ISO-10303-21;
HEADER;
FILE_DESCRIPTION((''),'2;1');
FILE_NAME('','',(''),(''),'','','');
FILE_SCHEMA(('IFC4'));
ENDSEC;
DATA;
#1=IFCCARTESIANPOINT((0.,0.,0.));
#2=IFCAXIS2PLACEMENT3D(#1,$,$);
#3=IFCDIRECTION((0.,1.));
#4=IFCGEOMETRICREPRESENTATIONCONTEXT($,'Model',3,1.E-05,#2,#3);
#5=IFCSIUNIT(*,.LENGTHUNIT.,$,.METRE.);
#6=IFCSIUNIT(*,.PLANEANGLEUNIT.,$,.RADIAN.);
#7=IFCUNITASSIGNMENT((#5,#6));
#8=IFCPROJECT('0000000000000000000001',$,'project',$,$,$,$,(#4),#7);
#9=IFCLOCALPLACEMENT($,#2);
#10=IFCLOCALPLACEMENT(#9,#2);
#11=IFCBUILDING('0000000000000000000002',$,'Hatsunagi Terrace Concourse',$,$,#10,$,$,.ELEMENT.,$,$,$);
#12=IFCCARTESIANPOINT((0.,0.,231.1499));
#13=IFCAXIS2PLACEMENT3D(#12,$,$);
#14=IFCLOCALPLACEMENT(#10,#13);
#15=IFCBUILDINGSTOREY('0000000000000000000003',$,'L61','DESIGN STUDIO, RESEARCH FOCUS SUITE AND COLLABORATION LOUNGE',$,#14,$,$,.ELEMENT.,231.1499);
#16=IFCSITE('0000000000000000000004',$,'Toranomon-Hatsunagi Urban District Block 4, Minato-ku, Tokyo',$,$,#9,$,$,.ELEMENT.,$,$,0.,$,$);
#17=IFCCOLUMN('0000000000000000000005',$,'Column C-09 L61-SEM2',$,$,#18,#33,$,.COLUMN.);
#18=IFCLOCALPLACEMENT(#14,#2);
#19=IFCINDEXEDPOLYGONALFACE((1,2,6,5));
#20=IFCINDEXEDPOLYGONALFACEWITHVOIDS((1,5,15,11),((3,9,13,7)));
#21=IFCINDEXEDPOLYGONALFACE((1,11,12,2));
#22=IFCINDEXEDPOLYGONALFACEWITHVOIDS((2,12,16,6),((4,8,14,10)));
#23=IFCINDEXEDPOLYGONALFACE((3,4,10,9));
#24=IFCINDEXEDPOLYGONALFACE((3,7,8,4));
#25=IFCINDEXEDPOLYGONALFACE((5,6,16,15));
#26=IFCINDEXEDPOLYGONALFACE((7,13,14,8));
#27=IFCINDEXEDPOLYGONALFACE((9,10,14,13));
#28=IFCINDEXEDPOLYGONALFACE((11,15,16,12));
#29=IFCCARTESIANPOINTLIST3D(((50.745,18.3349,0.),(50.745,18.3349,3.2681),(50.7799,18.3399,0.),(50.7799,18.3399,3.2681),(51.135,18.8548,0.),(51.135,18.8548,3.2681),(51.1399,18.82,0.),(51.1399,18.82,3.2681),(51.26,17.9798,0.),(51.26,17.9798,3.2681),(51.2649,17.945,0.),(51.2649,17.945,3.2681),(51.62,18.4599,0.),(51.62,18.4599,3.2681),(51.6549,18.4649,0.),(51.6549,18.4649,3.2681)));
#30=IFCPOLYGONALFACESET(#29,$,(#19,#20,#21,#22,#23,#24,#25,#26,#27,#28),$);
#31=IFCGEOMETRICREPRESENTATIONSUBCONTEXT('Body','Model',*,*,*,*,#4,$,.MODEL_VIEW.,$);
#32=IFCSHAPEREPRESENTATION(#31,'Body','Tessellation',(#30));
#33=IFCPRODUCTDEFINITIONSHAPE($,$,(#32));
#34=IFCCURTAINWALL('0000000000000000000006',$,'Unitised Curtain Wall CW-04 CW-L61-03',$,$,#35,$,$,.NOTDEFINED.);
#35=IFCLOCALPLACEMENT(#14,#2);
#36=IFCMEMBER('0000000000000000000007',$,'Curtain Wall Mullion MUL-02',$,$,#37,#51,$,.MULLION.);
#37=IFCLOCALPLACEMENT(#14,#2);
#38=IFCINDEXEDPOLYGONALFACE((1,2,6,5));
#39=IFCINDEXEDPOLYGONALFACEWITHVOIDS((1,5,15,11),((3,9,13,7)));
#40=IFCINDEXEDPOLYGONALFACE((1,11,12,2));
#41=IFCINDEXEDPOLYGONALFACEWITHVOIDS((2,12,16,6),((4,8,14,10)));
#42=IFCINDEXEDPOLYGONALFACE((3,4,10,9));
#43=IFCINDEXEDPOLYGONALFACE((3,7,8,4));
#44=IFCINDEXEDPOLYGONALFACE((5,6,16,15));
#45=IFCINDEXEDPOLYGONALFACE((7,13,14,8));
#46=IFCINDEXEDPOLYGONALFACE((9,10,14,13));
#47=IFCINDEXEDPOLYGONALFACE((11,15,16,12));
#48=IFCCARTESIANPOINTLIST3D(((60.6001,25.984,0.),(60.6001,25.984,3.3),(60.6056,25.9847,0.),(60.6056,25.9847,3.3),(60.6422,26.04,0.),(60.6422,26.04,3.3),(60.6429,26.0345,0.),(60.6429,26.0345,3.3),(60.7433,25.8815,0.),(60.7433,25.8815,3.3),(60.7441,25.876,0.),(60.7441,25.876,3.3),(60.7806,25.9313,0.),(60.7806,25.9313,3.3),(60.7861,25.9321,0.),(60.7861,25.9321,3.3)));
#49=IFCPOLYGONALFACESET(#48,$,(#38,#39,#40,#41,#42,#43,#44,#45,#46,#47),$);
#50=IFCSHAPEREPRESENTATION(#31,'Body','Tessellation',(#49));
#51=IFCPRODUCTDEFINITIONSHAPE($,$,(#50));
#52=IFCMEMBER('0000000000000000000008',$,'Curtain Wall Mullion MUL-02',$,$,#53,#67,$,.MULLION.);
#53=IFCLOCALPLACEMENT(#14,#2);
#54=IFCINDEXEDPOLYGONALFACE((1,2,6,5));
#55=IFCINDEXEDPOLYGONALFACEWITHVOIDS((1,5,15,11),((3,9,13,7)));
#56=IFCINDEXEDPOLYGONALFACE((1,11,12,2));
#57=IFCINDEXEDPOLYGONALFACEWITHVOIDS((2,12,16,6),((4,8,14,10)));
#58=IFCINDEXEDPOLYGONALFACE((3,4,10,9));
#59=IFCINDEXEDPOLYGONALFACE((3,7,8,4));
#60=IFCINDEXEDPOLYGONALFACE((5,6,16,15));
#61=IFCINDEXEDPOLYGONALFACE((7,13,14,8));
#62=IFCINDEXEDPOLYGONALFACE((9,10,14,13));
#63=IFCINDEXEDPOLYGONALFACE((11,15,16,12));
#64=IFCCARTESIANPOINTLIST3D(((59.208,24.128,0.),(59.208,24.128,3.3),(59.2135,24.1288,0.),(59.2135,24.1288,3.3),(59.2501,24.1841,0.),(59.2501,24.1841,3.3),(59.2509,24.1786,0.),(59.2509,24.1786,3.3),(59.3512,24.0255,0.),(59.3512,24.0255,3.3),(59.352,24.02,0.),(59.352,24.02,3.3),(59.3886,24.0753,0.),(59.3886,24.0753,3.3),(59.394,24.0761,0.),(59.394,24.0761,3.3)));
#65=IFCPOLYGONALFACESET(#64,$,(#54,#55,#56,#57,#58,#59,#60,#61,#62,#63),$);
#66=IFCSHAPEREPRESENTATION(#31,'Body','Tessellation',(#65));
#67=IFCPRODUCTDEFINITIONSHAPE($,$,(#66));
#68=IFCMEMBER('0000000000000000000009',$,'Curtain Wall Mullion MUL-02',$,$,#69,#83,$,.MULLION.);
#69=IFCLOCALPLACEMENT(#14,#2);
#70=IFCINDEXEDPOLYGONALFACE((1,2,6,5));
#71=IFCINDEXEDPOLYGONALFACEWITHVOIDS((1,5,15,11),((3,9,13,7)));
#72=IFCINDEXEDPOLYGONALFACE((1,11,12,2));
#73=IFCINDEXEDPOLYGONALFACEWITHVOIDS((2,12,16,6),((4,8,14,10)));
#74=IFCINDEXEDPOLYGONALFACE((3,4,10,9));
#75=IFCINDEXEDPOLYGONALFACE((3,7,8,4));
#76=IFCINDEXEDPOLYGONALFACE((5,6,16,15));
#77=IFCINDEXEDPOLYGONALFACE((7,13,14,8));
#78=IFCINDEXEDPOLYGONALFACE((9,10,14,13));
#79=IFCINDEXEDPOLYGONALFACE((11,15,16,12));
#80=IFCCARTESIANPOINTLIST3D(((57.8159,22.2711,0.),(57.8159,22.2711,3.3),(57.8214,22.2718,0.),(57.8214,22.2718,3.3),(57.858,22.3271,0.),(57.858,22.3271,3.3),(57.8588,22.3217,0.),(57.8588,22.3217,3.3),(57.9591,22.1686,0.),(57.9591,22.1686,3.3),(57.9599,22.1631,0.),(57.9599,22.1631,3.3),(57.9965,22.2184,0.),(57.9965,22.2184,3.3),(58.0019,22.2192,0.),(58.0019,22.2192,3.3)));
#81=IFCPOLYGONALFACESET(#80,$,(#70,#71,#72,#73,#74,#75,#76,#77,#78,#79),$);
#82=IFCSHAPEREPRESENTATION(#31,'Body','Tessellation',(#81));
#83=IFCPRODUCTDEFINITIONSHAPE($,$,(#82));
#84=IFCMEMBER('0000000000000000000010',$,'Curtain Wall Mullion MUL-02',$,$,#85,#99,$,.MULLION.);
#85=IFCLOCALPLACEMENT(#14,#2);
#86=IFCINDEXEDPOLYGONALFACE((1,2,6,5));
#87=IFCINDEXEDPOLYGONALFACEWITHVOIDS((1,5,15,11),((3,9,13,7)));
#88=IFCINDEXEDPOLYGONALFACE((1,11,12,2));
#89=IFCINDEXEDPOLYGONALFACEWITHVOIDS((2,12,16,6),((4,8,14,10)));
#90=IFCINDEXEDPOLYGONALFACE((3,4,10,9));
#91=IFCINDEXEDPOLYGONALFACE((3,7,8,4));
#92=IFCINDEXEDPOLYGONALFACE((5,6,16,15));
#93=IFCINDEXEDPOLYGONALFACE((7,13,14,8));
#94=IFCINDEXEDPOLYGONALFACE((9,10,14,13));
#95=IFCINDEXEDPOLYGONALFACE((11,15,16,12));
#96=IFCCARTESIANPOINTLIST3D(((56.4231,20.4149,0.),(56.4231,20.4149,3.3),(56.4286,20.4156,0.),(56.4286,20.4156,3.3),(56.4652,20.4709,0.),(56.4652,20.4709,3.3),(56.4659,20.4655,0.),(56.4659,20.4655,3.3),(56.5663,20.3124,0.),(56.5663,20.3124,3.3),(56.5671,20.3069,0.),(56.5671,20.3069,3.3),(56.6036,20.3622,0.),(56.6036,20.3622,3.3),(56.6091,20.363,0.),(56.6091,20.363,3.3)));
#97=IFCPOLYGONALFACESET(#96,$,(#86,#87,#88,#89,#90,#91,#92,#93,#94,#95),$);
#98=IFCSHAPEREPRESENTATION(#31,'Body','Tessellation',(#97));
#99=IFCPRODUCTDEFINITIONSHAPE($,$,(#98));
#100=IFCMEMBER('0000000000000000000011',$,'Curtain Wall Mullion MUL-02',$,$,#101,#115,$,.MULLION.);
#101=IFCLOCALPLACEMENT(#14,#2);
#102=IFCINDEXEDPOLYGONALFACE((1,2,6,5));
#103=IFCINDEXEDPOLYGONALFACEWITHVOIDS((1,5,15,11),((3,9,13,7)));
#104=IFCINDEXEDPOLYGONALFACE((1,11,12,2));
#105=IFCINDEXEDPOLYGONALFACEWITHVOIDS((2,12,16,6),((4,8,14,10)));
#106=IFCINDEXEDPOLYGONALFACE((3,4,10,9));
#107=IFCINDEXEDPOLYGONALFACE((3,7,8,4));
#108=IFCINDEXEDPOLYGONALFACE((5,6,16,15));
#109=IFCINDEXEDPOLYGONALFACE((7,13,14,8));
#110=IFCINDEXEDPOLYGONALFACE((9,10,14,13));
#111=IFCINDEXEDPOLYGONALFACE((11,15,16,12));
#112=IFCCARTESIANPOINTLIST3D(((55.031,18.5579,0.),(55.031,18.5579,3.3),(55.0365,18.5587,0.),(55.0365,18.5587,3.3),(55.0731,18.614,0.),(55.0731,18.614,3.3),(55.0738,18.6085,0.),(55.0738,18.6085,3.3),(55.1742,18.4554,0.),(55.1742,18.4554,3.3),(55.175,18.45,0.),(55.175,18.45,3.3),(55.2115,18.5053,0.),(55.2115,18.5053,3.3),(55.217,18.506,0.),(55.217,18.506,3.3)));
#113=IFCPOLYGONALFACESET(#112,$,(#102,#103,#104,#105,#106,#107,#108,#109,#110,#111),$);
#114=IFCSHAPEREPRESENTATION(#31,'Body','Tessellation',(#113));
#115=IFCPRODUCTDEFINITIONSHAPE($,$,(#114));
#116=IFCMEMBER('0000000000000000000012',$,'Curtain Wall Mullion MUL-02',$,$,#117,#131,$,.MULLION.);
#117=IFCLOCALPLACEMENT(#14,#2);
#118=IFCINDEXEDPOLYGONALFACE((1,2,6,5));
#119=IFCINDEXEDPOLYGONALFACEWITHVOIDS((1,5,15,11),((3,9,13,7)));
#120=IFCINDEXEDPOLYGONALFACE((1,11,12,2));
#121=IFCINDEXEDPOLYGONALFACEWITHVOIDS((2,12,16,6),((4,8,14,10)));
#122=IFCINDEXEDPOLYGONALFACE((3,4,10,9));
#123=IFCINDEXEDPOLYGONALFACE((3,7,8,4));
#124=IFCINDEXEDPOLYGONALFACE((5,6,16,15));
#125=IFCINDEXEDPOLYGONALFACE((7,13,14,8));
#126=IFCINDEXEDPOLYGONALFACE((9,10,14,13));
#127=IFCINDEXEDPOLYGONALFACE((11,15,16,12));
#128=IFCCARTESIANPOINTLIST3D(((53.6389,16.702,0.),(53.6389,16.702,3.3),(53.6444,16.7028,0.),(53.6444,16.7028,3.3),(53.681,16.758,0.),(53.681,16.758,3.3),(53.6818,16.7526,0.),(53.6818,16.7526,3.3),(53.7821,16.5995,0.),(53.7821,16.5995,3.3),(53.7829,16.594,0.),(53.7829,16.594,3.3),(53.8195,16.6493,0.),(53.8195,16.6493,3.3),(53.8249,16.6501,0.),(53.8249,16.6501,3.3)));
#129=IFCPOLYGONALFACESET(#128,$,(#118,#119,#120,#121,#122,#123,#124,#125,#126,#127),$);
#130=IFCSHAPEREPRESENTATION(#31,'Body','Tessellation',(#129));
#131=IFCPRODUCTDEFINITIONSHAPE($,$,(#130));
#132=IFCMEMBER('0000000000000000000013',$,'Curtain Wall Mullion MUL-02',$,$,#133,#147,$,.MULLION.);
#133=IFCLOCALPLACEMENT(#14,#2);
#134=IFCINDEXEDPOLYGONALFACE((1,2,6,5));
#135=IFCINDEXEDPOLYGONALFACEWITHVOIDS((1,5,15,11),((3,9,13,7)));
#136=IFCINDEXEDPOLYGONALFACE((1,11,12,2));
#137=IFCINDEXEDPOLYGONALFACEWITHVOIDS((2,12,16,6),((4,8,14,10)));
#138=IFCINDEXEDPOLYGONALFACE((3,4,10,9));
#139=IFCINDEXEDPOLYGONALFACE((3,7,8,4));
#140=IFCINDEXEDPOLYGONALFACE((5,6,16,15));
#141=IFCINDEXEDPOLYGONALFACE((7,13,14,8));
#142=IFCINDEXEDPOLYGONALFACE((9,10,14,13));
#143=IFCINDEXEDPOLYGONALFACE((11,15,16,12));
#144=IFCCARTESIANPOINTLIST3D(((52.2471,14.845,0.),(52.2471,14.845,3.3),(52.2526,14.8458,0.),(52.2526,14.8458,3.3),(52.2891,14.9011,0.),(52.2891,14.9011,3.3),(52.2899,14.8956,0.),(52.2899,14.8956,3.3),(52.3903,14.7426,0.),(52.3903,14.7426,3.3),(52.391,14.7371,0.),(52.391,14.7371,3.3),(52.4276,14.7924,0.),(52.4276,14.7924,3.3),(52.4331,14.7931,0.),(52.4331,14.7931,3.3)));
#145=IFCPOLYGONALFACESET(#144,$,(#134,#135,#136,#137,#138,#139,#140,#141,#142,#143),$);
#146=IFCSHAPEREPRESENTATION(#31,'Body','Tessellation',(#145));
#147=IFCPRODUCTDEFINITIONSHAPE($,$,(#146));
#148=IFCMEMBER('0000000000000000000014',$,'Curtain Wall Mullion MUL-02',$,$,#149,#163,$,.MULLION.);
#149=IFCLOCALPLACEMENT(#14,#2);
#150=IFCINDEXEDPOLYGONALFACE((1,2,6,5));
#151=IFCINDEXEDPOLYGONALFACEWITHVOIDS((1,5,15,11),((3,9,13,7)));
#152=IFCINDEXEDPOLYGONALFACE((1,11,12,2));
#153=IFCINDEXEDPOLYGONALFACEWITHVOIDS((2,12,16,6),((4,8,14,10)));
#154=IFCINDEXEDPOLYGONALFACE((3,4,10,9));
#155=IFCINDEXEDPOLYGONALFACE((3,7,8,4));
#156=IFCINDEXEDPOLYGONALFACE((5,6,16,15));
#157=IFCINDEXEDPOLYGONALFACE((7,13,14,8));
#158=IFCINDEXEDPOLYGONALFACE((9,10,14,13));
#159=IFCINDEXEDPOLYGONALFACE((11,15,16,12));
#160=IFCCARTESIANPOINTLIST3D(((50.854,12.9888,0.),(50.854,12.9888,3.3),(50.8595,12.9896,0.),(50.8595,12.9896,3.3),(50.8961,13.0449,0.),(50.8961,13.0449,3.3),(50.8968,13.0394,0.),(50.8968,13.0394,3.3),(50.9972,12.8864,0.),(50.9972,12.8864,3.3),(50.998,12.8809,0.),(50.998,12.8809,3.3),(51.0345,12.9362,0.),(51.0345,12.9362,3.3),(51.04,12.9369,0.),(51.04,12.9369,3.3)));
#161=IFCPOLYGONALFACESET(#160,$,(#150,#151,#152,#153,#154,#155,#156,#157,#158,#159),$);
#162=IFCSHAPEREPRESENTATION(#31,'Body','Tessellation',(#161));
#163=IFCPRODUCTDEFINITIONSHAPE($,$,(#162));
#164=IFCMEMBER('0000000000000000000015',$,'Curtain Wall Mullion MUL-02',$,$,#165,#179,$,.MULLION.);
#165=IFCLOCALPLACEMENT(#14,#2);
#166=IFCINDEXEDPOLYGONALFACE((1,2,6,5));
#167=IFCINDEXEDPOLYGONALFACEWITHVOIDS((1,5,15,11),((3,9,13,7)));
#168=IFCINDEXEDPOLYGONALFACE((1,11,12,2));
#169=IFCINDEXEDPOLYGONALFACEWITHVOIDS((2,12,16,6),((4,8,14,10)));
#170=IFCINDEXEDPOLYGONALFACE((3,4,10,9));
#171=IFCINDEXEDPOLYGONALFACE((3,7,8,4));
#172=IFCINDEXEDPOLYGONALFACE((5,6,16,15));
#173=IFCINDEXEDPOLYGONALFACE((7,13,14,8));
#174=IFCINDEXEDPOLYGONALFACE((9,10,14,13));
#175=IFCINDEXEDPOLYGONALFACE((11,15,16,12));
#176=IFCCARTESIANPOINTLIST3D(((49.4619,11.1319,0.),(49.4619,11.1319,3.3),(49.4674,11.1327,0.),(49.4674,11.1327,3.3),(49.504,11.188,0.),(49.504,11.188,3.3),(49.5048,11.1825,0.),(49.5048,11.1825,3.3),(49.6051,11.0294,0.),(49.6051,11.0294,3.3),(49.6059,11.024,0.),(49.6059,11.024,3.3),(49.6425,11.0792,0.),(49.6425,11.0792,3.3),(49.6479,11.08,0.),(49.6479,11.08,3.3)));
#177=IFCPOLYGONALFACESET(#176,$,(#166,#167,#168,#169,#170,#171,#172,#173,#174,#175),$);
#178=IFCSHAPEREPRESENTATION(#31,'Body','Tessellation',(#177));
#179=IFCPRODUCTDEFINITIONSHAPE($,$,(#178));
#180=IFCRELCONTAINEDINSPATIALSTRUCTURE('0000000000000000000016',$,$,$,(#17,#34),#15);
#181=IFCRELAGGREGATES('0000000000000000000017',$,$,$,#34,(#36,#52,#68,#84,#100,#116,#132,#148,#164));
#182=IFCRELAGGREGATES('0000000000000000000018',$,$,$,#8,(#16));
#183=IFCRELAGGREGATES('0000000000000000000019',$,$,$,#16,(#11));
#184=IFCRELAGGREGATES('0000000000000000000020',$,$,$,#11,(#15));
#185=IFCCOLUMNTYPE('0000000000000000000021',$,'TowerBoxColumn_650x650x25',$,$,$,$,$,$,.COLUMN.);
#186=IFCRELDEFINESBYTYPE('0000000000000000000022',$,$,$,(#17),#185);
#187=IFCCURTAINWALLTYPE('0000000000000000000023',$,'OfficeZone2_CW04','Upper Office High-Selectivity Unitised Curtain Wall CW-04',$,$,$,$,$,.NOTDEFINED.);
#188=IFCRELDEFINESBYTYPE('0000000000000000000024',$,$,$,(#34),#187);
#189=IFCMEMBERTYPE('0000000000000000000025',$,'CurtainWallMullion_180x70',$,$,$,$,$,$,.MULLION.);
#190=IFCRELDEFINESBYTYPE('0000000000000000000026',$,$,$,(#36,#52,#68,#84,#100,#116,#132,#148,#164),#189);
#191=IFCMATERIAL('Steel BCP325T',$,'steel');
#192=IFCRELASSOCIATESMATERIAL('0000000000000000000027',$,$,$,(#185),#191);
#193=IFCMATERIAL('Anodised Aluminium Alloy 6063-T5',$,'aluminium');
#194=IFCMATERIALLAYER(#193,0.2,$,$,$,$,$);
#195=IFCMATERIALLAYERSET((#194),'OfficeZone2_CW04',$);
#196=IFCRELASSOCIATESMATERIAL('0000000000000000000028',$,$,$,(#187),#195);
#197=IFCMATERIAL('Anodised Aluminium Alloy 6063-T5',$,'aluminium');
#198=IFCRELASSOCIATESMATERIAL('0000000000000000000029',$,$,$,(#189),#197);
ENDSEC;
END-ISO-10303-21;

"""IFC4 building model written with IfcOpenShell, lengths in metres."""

from ifc_helpers import new_model, si_unit, direction, frame, origin, origin_2d, place, context, subcontext, project, spatial, hollow_rectangle, extrude, material, layer, layer_set, material_profile, profile_set, type_object, element, aggregate, save


model = new_model("IFC4")

# Units and contexts
model_context = context("Model", 3, precision=1e-05, world=origin(), true_north=direction((0.0, 1.0)))
body_context = subcontext(model_context, "Body", "Model", "MODEL_VIEW")
ifc_project = project(units=[si_unit("LENGTHUNIT", "METRE"), si_unit("PLANEANGLEUNIT", "RADIAN")], contexts=[model_context])

# Site, building, storey
site_placement = place(None, origin())
site = spatial("IfcSite", under=ifc_project, at=site_placement, Name="Toranomon-Hatsunagi Urban District Block 4, Minato-ku, Tokyo", CompositionType="ELEMENT", RefElevation=0.0)
building_placement = place(site_placement, origin())
building = spatial("IfcBuilding", under=site, at=building_placement, Name="Hatsunagi Terrace Concourse", CompositionType="ELEMENT")
storey_placement = place(building_placement, frame((0.0, 0.0, 231.1499)))
storey = spatial("IfcBuildingStorey", under=building, at=storey_placement, Name="L61", Description="DESIGN STUDIO, RESEARCH FOCUS SUITE AND COLLABORATION LOUNGE", CompositionType="ELEMENT", Elevation=231.1499)

# Column
ifc_material_1 = material(Name="Steel BCP325T", Category="steel")
ifc_material_profile_1 = material_profile(ifc_material_1, hollow_rectangle(XDim=0.6499, YDim=0.6499, WallThickness=0.0249, at=origin_2d()), Name="BCP-650x650x25")
ifc_profile_set_1 = profile_set([ifc_material_profile_1], Name="Steel BCP325T")
column_type = type_object("IfcColumnType", Name="TowerBoxColumn_650x650x25", PredefinedType="COLUMN", material=ifc_profile_set_1)
column_placement = place(storey_placement, frame((51.2, 18.3999, 0.0), z_axis=(0.0, 0.0, 1.0), x_axis=(0.8, -0.6, 0.0)))
element("IfcColumn", 1, at=column_placement, inside=storey, type_object=column_type, Name="Column C-09 L61-SEM2", PredefinedType="COLUMN", context=body_context, shape_type="SweptSolid", body=[
    extrude(hollow_rectangle(XDim=0.6499, YDim=0.6499, WallThickness=0.0249, at=origin_2d()), origin(), (0.0, 0.0, 1.0), 3.2681),
])

# Curtain wall, members
ifc_material_2 = material(Name="Anodised Aluminium Alloy 6063-T5", Category="aluminium")
ifc_layer_1 = layer(ifc_material_2, 0.2)
ifc_layer_set_1 = layer_set([ifc_layer_1], Name="OfficeZone2_CW04")
curtain_wall_type = type_object("IfcCurtainWallType", Name="OfficeZone2_CW04", Description="Upper Office High-Selectivity Unitised Curtain Wall CW-04", PredefinedType="NOTDEFINED", material=ifc_layer_set_1)
curtain_wall_placement = place(storey_placement, origin())
curtain_wall = element("IfcCurtainWall", 2, at=curtain_wall_placement, inside=storey, type_object=curtain_wall_type, Name="Unitised Curtain Wall CW-04 CW-L61-03", PredefinedType="NOTDEFINED")
ifc_material_3 = material(Name="Anodised Aluminium Alloy 6063-T5", Category="aluminium")
ifc_material_profile_2 = material_profile(ifc_material_3, hollow_rectangle(XDim=0.0701, YDim=0.1799, WallThickness=0.0039, at=origin_2d()), Name="ALU-MUL-180x70x4")
ifc_profile_set_2 = profile_set([ifc_material_profile_2], Name="Anodised Aluminium Alloy 6063-T5")
member_type_1 = type_object("IfcMemberType", Name="CurtainWallMullion_180x70", PredefinedType="MULLION", material=ifc_profile_set_2)
member_1_placement = place(storey_placement, frame((60.6931, 25.958, 0.0), z_axis=(0.0, 0.0, 1.0), x_axis=(-0.599969, -0.800023, 0.0)))
member_1 = element("IfcMember", 3, at=member_1_placement, type_object=member_type_1, Name="Curtain Wall Mullion MUL-02", PredefinedType="MULLION", context=body_context, shape_type="SweptSolid", body=[
    extrude(hollow_rectangle(XDim=0.0701, YDim=0.1799, WallThickness=0.0039, at=origin_2d()), origin(), (0.0, 0.0, 1.0), 3.3),
])
member_2_placement = place(storey_placement, frame((59.301, 24.1021, 0.0), z_axis=(0.0, 0.0, 1.0), x_axis=(-0.599969, -0.800023, 0.0)))
member_2 = element("IfcMember", 4, at=member_2_placement, type_object=member_type_1, Name="Curtain Wall Mullion MUL-02", PredefinedType="MULLION", context=body_context, shape_type="SweptSolid", body=[
    extrude(hollow_rectangle(XDim=0.0701, YDim=0.1799, WallThickness=0.0039, at=origin_2d()), origin(), (0.0, 0.0, 1.0), 3.3),
])
member_3_placement = place(storey_placement, frame((57.9089, 22.2451, 0.0), z_axis=(0.0, 0.0, 1.0), x_axis=(-0.599969, -0.800023, 0.0)))
member_3 = element("IfcMember", 5, at=member_3_placement, type_object=member_type_1, Name="Curtain Wall Mullion MUL-02", PredefinedType="MULLION", context=body_context, shape_type="SweptSolid", body=[
    extrude(hollow_rectangle(XDim=0.0701, YDim=0.1799, WallThickness=0.0039, at=origin_2d()), origin(), (0.0, 0.0, 1.0), 3.3),
])
member_4_placement = place(storey_placement, frame((56.5161, 20.3889, 0.0), z_axis=(0.0, 0.0, 1.0), x_axis=(-0.599969, -0.800023, 0.0)))
member_4 = element("IfcMember", 6, at=member_4_placement, type_object=member_type_1, Name="Curtain Wall Mullion MUL-02", PredefinedType="MULLION", context=body_context, shape_type="SweptSolid", body=[
    extrude(hollow_rectangle(XDim=0.0701, YDim=0.1799, WallThickness=0.0039, at=origin_2d()), origin(), (0.0, 0.0, 1.0), 3.3),
])
member_5_placement = place(storey_placement, frame((55.124, 18.532, 0.0), z_axis=(0.0, 0.0, 1.0), x_axis=(-0.599969, -0.800023, 0.0)))
member_5 = element("IfcMember", 7, at=member_5_placement, type_object=member_type_1, Name="Curtain Wall Mullion MUL-02", PredefinedType="MULLION", context=body_context, shape_type="SweptSolid", body=[
    extrude(hollow_rectangle(XDim=0.0701, YDim=0.1799, WallThickness=0.0039, at=origin_2d()), origin(), (0.0, 0.0, 1.0), 3.3),
])
member_6_placement = place(storey_placement, frame((53.7319, 16.676, 0.0), z_axis=(0.0, 0.0, 1.0), x_axis=(-0.599969, -0.800023, 0.0)))
member_6 = element("IfcMember", 8, at=member_6_placement, type_object=member_type_1, Name="Curtain Wall Mullion MUL-02", PredefinedType="MULLION", context=body_context, shape_type="SweptSolid", body=[
    extrude(hollow_rectangle(XDim=0.0701, YDim=0.1799, WallThickness=0.0039, at=origin_2d()), origin(), (0.0, 0.0, 1.0), 3.3),
])
member_7_placement = place(storey_placement, frame((52.3401, 14.8191, 0.0), z_axis=(0.0, 0.0, 1.0), x_axis=(-0.599969, -0.800023, 0.0)))
member_7 = element("IfcMember", 9, at=member_7_placement, type_object=member_type_1, Name="Curtain Wall Mullion MUL-02", PredefinedType="MULLION", context=body_context, shape_type="SweptSolid", body=[
    extrude(hollow_rectangle(XDim=0.0701, YDim=0.1799, WallThickness=0.0039, at=origin_2d()), origin(), (0.0, 0.0, 1.0), 3.3),
])
member_8_placement = place(storey_placement, frame((50.947, 12.9629, 0.0), z_axis=(0.0, 0.0, 1.0), x_axis=(-0.599969, -0.800023, 0.0)))
member_8 = element("IfcMember", 10, at=member_8_placement, type_object=member_type_1, Name="Curtain Wall Mullion MUL-02", PredefinedType="MULLION", context=body_context, shape_type="SweptSolid", body=[
    extrude(hollow_rectangle(XDim=0.0701, YDim=0.1799, WallThickness=0.0039, at=origin_2d()), origin(), (0.0, 0.0, 1.0), 3.3),
])
member_9_placement = place(storey_placement, frame((49.5549, 11.106, 0.0), z_axis=(0.0, 0.0, 1.0), x_axis=(-0.599969, -0.800023, 0.0)))
member_9 = element("IfcMember", 11, at=member_9_placement, type_object=member_type_1, Name="Curtain Wall Mullion MUL-02", PredefinedType="MULLION", context=body_context, shape_type="SweptSolid", body=[
    extrude(hollow_rectangle(XDim=0.0701, YDim=0.1799, WallThickness=0.0039, at=origin_2d()), origin(), (0.0, 0.0, 1.0), 3.3),
])

aggregate(curtain_wall, [member_1, member_2, member_3, member_4, member_5, member_6, member_7, member_8, member_9])

save(model, "model.ifc")
